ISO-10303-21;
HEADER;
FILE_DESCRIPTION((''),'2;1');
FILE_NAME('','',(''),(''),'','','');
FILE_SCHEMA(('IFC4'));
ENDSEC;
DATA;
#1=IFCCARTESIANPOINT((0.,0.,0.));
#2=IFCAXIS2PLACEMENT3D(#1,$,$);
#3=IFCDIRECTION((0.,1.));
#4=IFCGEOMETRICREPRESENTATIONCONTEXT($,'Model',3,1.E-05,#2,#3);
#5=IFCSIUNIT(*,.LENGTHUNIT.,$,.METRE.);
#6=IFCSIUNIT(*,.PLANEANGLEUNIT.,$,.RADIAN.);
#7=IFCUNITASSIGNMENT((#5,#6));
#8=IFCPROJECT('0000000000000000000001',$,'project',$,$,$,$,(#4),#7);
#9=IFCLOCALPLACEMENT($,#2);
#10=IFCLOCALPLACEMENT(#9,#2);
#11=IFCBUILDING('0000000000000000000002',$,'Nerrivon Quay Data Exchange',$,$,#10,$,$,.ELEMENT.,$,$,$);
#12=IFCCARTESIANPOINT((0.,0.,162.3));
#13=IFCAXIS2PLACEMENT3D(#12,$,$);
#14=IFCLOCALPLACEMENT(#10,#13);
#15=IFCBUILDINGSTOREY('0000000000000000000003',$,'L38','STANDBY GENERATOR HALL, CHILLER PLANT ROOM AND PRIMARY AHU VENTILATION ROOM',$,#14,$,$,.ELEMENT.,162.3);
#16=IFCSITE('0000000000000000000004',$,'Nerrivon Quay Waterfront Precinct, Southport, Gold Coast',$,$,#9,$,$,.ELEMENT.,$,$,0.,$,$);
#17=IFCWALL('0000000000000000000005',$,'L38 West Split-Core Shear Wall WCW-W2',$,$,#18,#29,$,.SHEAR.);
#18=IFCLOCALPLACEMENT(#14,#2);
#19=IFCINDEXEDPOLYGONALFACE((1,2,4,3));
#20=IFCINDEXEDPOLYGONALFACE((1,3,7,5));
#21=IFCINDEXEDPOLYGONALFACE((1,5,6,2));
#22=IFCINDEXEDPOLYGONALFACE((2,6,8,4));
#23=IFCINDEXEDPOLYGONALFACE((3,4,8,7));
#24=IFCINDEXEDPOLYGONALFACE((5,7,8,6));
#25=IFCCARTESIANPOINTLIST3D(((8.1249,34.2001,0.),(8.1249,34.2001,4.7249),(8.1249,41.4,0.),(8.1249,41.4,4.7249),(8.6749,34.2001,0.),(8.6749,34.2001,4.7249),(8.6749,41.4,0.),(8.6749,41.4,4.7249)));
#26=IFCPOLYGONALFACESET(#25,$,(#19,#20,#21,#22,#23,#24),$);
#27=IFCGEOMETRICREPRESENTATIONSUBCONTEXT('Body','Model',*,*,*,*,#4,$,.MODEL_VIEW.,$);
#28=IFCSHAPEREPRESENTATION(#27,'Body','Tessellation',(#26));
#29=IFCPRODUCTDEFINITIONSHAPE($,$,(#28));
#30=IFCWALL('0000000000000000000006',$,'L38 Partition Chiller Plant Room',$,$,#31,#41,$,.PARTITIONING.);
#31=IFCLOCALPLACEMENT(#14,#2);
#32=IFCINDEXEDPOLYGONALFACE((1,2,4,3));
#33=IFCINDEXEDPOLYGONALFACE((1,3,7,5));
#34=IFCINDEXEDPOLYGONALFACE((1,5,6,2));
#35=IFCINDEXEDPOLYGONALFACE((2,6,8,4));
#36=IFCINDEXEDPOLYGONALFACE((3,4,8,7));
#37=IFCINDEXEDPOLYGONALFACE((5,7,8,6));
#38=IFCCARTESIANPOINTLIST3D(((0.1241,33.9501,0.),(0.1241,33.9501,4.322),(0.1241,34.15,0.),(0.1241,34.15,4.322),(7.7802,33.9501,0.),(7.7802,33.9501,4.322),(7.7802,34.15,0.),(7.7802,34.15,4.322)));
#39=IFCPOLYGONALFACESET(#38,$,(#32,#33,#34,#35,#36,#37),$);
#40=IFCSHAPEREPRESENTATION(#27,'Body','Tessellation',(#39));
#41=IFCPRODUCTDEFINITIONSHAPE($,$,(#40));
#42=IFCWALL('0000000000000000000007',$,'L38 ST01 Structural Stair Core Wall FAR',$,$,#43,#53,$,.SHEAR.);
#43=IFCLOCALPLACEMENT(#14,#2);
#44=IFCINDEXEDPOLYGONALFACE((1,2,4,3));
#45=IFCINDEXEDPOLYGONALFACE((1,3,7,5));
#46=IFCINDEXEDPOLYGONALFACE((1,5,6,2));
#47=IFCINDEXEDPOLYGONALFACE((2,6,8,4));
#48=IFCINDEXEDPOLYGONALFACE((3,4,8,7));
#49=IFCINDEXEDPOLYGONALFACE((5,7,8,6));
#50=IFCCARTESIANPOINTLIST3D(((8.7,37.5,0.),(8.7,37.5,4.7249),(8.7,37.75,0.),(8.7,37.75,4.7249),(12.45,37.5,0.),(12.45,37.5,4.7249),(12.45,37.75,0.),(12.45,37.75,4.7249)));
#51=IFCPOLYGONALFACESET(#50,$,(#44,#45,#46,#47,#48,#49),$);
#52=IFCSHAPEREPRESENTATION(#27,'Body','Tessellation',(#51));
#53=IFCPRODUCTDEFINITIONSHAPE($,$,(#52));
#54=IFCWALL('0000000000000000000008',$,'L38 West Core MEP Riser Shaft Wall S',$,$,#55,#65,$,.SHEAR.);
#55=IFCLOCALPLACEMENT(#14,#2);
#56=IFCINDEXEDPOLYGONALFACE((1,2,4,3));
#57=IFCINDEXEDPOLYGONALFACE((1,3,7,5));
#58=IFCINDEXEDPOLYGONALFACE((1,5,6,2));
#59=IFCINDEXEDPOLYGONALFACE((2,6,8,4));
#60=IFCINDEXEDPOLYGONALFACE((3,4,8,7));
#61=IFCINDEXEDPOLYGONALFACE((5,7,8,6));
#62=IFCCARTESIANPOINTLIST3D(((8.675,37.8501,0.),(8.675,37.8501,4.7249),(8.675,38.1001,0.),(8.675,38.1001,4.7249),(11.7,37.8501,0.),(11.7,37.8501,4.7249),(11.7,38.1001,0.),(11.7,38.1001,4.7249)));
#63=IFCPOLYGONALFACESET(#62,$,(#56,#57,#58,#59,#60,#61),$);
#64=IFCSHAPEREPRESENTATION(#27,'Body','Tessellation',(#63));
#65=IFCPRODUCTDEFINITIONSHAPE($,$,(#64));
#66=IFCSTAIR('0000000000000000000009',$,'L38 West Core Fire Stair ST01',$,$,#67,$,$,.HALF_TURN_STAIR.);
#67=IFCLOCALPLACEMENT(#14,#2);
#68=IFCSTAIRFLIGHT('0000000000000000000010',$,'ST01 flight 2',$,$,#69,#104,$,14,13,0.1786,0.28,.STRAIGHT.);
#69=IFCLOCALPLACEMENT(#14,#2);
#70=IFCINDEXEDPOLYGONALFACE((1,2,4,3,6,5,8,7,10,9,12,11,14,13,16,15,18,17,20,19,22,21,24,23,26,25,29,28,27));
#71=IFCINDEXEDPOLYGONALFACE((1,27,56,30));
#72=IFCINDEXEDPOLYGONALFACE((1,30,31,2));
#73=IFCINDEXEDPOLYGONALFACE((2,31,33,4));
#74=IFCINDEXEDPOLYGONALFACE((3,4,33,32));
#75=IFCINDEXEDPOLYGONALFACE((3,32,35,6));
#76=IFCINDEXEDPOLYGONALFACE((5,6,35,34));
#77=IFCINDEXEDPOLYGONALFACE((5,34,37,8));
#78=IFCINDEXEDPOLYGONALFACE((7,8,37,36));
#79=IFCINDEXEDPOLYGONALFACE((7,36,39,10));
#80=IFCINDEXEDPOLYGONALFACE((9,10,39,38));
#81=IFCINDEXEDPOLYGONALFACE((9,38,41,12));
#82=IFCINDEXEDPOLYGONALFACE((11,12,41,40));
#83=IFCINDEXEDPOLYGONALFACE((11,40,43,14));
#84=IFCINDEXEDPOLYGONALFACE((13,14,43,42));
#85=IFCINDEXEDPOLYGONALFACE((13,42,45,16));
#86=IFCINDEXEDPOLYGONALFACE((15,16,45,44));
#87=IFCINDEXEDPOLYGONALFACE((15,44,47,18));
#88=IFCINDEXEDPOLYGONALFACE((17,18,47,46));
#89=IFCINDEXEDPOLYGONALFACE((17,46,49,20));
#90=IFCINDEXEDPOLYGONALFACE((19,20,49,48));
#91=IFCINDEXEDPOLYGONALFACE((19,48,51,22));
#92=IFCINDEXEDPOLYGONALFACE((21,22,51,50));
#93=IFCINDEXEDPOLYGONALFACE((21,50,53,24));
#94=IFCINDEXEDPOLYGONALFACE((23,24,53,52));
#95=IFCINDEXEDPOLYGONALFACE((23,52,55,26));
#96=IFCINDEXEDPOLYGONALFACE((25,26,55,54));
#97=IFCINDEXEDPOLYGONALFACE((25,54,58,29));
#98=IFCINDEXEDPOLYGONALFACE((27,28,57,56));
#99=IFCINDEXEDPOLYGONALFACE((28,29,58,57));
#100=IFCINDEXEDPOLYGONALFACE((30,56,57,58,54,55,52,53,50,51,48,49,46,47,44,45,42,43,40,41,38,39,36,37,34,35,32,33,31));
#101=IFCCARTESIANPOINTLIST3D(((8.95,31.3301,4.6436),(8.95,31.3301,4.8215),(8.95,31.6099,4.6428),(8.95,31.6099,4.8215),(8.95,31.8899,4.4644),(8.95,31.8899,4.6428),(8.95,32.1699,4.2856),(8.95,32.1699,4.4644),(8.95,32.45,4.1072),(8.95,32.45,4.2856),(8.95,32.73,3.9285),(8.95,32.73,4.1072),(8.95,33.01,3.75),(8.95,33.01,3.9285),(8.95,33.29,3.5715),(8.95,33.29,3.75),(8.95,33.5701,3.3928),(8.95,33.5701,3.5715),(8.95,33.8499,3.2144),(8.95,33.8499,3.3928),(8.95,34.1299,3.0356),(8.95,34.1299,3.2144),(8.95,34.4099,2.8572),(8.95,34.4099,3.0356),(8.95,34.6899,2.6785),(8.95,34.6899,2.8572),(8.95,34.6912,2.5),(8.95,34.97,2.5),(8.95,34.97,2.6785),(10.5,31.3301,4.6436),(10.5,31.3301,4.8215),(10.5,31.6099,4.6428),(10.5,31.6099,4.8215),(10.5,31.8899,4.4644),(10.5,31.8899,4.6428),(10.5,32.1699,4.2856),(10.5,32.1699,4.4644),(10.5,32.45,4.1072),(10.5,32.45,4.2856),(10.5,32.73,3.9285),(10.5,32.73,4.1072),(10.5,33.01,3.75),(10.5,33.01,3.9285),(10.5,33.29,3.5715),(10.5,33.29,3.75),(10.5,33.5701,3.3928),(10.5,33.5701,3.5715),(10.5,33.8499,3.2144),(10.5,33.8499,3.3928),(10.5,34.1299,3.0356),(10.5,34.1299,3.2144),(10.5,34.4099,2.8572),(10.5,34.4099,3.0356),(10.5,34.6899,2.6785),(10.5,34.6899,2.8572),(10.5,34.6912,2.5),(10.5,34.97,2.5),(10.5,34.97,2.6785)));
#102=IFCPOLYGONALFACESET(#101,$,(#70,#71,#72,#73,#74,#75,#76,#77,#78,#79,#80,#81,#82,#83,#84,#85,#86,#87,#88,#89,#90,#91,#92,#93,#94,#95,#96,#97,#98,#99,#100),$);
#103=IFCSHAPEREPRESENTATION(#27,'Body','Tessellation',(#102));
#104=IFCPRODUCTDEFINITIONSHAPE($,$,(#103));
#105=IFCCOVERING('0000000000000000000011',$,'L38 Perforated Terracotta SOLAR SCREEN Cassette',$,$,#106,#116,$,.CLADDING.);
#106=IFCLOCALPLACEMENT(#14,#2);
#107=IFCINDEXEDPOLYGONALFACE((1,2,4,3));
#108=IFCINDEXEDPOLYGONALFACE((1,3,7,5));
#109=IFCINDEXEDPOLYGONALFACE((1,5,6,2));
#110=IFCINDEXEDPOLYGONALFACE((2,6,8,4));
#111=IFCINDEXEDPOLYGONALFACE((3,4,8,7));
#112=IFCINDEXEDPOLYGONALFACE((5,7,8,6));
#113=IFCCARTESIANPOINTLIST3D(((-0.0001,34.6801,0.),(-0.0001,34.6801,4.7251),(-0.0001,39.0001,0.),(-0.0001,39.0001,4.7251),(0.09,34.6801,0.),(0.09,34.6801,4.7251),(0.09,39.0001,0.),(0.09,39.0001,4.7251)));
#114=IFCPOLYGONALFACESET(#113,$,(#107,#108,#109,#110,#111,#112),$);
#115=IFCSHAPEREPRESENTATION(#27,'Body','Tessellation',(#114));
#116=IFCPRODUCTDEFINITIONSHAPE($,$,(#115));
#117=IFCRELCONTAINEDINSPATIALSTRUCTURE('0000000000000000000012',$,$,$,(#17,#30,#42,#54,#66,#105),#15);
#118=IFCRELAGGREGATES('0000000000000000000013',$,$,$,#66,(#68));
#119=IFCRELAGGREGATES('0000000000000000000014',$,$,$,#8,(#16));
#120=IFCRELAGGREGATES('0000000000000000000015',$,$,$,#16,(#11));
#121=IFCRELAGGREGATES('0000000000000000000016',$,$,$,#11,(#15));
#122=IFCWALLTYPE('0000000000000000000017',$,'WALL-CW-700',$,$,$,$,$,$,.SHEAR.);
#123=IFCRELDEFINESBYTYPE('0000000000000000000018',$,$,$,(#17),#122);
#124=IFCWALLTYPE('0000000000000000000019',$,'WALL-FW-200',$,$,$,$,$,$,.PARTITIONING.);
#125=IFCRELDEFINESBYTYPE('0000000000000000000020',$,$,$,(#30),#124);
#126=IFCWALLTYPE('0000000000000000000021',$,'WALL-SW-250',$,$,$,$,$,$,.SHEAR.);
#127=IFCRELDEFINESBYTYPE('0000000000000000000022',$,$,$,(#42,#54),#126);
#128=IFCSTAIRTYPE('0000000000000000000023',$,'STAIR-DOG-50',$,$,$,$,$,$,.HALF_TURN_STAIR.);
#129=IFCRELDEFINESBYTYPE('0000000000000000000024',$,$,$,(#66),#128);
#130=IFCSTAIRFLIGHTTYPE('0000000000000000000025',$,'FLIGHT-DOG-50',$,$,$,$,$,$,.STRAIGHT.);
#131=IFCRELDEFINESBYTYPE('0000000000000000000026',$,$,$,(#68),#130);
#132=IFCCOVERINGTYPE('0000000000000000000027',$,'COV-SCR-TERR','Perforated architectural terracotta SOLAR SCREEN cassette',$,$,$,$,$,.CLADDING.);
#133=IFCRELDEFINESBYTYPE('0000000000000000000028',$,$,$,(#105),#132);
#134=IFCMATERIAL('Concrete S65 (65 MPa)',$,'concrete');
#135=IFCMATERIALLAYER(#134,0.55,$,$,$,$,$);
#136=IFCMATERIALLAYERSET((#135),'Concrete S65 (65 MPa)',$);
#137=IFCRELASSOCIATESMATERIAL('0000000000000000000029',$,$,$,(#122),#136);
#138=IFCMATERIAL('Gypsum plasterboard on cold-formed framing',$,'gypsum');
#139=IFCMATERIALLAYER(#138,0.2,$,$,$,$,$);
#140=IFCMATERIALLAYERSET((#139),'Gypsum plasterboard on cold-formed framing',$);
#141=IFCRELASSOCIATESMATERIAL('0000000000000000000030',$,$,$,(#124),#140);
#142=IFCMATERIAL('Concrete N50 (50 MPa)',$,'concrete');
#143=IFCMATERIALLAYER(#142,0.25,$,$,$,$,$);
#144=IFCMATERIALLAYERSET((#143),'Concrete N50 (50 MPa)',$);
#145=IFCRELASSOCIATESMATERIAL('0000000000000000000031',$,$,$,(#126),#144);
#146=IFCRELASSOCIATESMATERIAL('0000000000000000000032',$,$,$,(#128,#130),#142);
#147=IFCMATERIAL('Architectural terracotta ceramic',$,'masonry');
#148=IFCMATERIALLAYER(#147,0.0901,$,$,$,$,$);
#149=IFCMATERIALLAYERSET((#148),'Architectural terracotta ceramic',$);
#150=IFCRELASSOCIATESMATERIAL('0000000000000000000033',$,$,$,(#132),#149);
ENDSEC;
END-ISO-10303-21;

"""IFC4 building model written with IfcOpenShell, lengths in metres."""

from ifc_helpers import new_model, si_unit, direction, frame, frame_2d, origin, origin_2d, place, context, subcontext, project, spatial, polyline, rectangle, outline, extrude, material, layer, layer_set, type_object, element, aggregate, save


model = new_model("IFC4")

# Units and contexts
model_context = context("Model", 3, precision=1e-05, world=origin(), true_north=direction((0.0, 1.0)))
body_context = subcontext(model_context, "Body", "Model", "MODEL_VIEW")
ifc_project = project(units=[si_unit("LENGTHUNIT", "METRE"), si_unit("PLANEANGLEUNIT", "RADIAN")], contexts=[model_context])

# Site, building, storey
site_placement = place(None, origin())
site = spatial("IfcSite", under=ifc_project, at=site_placement, Name="Nerrivon Quay Waterfront Precinct, Southport, Gold Coast", CompositionType="ELEMENT", RefElevation=0.0)
building_placement = place(site_placement, origin())
building = spatial("IfcBuilding", under=site, at=building_placement, Name="Nerrivon Quay Data Exchange", CompositionType="ELEMENT")
storey_placement = place(building_placement, frame((0.0, 0.0, 162.3)))
storey = spatial("IfcBuildingStorey", under=building, at=storey_placement, Name="L38", Description="STANDBY GENERATOR HALL, CHILLER PLANT ROOM AND PRIMARY AHU VENTILATION ROOM", CompositionType="ELEMENT", Elevation=162.3)

# Shared definitions
ifc_material_1 = material(Name="Concrete S65 (65 MPa)", Category="concrete")

# Walls
ifc_layer_1 = layer(ifc_material_1, 0.55)
ifc_layer_set_1 = layer_set([ifc_layer_1], Name="Concrete S65 (65 MPa)")
wall_type_1 = type_object("IfcWallType", Name="WALL-CW-700", PredefinedType="SHEAR", material=ifc_layer_set_1)
wall_1_placement = place(storey_placement, frame((8.3999, 34.2, 0.0), z_axis=(0.0, 0.0, 1.0), x_axis=(0.0, 1.0, 0.0)))
element("IfcWall", 1, at=wall_1_placement, inside=storey, type_object=wall_type_1, Name="L38 West Split-Core Shear Wall WCW-W2", PredefinedType="SHEAR", context=body_context, shape_type="SweptSolid", body=[
    extrude(rectangle(XDim=7.2, YDim=0.55, at=frame_2d((3.6001, 0.0))), origin(), (0.0, 0.0, 1.0), 4.7249),
])
ifc_material_2 = material(Name="Gypsum plasterboard on cold-formed framing", Category="gypsum")
ifc_layer_2 = layer(ifc_material_2, 0.2)
ifc_layer_set_2 = layer_set([ifc_layer_2], Name="Gypsum plasterboard on cold-formed framing")
wall_type_2 = type_object("IfcWallType", Name="WALL-FW-200", PredefinedType="PARTITIONING", material=ifc_layer_set_2)
wall_2_placement = place(storey_placement, frame((0.124, 34.05, 0.0), z_axis=(0.0, 0.0, 1.0), x_axis=(1.0, 0.0, 0.0)))
element("IfcWall", 2, at=wall_2_placement, inside=storey, type_object=wall_type_2, Name="L38 Partition Chiller Plant Room", PredefinedType="PARTITIONING", context=body_context, shape_type="SweptSolid", body=[
    extrude(rectangle(XDim=7.656, YDim=0.2, at=frame_2d((3.8281, 0.0))), origin(), (0.0, 0.0, 1.0), 4.322),
])
ifc_material_3 = material(Name="Concrete N50 (50 MPa)", Category="concrete")
ifc_layer_3 = layer(ifc_material_3, 0.25)
ifc_layer_set_3 = layer_set([ifc_layer_3], Name="Concrete N50 (50 MPa)")
wall_type_3 = type_object("IfcWallType", Name="WALL-SW-250", PredefinedType="SHEAR", material=ifc_layer_set_3)
wall_3_placement = place(storey_placement, frame((12.45, 37.625, 0.0), z_axis=(0.0, 0.0, 1.0), x_axis=(-1.0, 0.0, 0.0)))
element("IfcWall", 3, at=wall_3_placement, inside=storey, type_object=wall_type_3, Name="L38 ST01 Structural Stair Core Wall FAR", PredefinedType="SHEAR", context=body_context, shape_type="SweptSolid", body=[
    extrude(rectangle(XDim=3.75, YDim=0.25, at=frame_2d((1.875, 0.0))), origin(), (0.0, 0.0, 1.0), 4.7249),
])
wall_4_placement = place(storey_placement, frame((8.675, 37.9751, 0.0), z_axis=(0.0, 0.0, 1.0), x_axis=(1.0, 0.0, 0.0)))
element("IfcWall", 4, at=wall_4_placement, inside=storey, type_object=wall_type_3, Name="L38 West Core MEP Riser Shaft Wall S", PredefinedType="SHEAR", context=body_context, shape_type="SweptSolid", body=[
    extrude(rectangle(XDim=3.0249, YDim=0.25, at=frame_2d((1.5125, 0.0))), origin(), (0.0, 0.0, 1.0), 4.7249),
])

# Stair, stair flight
stair_type = type_object("IfcStairType", Name="STAIR-DOG-50", PredefinedType="HALF_TURN_STAIR", material=ifc_material_3)
stair_placement = place(storey_placement, origin())
stair = element("IfcStair", 5, at=stair_placement, inside=storey, type_object=stair_type, Name="L38 West Core Fire Stair ST01", PredefinedType="HALF_TURN_STAIR")
stair_flight_type = type_object("IfcStairFlightType", Name="FLIGHT-DOG-50", PredefinedType="STRAIGHT", material=ifc_material_3)
stair_flight_placement = place(storey_placement, frame((9.7251, 34.97, 2.5), z_axis=(0.0, 0.0, 1.0), x_axis=(0.0, -1.0, 0.0)))
stair_flight = element("IfcStairFlight", 6, at=stair_flight_placement, type_object=stair_flight_type, Name="ST01 flight 2", NumberOfRisers=14, NumberOfTreads=13, PredefinedType="STRAIGHT", RiserHeight=0.1786, TreadLength=0.28, context=body_context, shape_type="SweptSolid", body=[
    extrude(outline(polyline([(0.0, 0.0), (0.0, 0.1785), (0.28, 0.1785), (0.28, 0.3572), (0.5601, 0.3572), (0.5601, 0.5356), (0.8401, 0.5356), (0.8401, 0.7144), (1.1201, 0.7144), (1.1201, 0.8928), (1.3999, 0.8928), (1.3999, 1.0715), (1.6799, 1.0715), (1.6799, 1.25), (1.96, 1.25), (1.96, 1.4285), (2.24, 1.4285), (2.24, 1.6072), (2.52, 1.6072), (2.52, 1.7856), (2.8, 1.7856), (2.8, 1.9644), (3.0801, 1.9644), (3.0801, 2.1428), (3.3601, 2.1428), (3.3601, 2.3215), (3.6399, 2.3215), (3.6399, 2.5), (3.6399, 2.1436), (0.2788, 0.0), (0.0, 0.0)])), frame((0.0, 0.7749, 0.0), z_axis=(0.0, -1.0, 0.0), x_axis=(1.0, 0.0, 0.0)), (0.0, 0.0, 1.0), 1.55),
])
aggregate(stair, [stair_flight])

# Covering
ifc_material_4 = material(Name="Architectural terracotta ceramic", Category="masonry")
ifc_layer_4 = layer(ifc_material_4, 0.0901)
ifc_layer_set_4 = layer_set([ifc_layer_4], Name="Architectural terracotta ceramic")
covering_type = type_object("IfcCoveringType", Name="COV-SCR-TERR", Description="Perforated architectural terracotta SOLAR SCREEN cassette", PredefinedType="CLADDING", material=ifc_layer_set_4)
covering_placement = place(storey_placement, frame((0.0449, 36.8401, 0.0), z_axis=(0.0, 0.0, 1.0), x_axis=(0.0, 1.0, 0.0)))
element("IfcCovering", 7, at=covering_placement, inside=storey, type_object=covering_type, Name="L38 Perforated Terracotta SOLAR SCREEN Cassette", PredefinedType="CLADDING", context=body_context, shape_type="SweptSolid", body=[
    extrude(rectangle(XDim=4.3201, YDim=0.0901, at=origin_2d()), origin(), (0.0, 0.0, 1.0), 4.7251),
])

save(model, "model.ifc")
